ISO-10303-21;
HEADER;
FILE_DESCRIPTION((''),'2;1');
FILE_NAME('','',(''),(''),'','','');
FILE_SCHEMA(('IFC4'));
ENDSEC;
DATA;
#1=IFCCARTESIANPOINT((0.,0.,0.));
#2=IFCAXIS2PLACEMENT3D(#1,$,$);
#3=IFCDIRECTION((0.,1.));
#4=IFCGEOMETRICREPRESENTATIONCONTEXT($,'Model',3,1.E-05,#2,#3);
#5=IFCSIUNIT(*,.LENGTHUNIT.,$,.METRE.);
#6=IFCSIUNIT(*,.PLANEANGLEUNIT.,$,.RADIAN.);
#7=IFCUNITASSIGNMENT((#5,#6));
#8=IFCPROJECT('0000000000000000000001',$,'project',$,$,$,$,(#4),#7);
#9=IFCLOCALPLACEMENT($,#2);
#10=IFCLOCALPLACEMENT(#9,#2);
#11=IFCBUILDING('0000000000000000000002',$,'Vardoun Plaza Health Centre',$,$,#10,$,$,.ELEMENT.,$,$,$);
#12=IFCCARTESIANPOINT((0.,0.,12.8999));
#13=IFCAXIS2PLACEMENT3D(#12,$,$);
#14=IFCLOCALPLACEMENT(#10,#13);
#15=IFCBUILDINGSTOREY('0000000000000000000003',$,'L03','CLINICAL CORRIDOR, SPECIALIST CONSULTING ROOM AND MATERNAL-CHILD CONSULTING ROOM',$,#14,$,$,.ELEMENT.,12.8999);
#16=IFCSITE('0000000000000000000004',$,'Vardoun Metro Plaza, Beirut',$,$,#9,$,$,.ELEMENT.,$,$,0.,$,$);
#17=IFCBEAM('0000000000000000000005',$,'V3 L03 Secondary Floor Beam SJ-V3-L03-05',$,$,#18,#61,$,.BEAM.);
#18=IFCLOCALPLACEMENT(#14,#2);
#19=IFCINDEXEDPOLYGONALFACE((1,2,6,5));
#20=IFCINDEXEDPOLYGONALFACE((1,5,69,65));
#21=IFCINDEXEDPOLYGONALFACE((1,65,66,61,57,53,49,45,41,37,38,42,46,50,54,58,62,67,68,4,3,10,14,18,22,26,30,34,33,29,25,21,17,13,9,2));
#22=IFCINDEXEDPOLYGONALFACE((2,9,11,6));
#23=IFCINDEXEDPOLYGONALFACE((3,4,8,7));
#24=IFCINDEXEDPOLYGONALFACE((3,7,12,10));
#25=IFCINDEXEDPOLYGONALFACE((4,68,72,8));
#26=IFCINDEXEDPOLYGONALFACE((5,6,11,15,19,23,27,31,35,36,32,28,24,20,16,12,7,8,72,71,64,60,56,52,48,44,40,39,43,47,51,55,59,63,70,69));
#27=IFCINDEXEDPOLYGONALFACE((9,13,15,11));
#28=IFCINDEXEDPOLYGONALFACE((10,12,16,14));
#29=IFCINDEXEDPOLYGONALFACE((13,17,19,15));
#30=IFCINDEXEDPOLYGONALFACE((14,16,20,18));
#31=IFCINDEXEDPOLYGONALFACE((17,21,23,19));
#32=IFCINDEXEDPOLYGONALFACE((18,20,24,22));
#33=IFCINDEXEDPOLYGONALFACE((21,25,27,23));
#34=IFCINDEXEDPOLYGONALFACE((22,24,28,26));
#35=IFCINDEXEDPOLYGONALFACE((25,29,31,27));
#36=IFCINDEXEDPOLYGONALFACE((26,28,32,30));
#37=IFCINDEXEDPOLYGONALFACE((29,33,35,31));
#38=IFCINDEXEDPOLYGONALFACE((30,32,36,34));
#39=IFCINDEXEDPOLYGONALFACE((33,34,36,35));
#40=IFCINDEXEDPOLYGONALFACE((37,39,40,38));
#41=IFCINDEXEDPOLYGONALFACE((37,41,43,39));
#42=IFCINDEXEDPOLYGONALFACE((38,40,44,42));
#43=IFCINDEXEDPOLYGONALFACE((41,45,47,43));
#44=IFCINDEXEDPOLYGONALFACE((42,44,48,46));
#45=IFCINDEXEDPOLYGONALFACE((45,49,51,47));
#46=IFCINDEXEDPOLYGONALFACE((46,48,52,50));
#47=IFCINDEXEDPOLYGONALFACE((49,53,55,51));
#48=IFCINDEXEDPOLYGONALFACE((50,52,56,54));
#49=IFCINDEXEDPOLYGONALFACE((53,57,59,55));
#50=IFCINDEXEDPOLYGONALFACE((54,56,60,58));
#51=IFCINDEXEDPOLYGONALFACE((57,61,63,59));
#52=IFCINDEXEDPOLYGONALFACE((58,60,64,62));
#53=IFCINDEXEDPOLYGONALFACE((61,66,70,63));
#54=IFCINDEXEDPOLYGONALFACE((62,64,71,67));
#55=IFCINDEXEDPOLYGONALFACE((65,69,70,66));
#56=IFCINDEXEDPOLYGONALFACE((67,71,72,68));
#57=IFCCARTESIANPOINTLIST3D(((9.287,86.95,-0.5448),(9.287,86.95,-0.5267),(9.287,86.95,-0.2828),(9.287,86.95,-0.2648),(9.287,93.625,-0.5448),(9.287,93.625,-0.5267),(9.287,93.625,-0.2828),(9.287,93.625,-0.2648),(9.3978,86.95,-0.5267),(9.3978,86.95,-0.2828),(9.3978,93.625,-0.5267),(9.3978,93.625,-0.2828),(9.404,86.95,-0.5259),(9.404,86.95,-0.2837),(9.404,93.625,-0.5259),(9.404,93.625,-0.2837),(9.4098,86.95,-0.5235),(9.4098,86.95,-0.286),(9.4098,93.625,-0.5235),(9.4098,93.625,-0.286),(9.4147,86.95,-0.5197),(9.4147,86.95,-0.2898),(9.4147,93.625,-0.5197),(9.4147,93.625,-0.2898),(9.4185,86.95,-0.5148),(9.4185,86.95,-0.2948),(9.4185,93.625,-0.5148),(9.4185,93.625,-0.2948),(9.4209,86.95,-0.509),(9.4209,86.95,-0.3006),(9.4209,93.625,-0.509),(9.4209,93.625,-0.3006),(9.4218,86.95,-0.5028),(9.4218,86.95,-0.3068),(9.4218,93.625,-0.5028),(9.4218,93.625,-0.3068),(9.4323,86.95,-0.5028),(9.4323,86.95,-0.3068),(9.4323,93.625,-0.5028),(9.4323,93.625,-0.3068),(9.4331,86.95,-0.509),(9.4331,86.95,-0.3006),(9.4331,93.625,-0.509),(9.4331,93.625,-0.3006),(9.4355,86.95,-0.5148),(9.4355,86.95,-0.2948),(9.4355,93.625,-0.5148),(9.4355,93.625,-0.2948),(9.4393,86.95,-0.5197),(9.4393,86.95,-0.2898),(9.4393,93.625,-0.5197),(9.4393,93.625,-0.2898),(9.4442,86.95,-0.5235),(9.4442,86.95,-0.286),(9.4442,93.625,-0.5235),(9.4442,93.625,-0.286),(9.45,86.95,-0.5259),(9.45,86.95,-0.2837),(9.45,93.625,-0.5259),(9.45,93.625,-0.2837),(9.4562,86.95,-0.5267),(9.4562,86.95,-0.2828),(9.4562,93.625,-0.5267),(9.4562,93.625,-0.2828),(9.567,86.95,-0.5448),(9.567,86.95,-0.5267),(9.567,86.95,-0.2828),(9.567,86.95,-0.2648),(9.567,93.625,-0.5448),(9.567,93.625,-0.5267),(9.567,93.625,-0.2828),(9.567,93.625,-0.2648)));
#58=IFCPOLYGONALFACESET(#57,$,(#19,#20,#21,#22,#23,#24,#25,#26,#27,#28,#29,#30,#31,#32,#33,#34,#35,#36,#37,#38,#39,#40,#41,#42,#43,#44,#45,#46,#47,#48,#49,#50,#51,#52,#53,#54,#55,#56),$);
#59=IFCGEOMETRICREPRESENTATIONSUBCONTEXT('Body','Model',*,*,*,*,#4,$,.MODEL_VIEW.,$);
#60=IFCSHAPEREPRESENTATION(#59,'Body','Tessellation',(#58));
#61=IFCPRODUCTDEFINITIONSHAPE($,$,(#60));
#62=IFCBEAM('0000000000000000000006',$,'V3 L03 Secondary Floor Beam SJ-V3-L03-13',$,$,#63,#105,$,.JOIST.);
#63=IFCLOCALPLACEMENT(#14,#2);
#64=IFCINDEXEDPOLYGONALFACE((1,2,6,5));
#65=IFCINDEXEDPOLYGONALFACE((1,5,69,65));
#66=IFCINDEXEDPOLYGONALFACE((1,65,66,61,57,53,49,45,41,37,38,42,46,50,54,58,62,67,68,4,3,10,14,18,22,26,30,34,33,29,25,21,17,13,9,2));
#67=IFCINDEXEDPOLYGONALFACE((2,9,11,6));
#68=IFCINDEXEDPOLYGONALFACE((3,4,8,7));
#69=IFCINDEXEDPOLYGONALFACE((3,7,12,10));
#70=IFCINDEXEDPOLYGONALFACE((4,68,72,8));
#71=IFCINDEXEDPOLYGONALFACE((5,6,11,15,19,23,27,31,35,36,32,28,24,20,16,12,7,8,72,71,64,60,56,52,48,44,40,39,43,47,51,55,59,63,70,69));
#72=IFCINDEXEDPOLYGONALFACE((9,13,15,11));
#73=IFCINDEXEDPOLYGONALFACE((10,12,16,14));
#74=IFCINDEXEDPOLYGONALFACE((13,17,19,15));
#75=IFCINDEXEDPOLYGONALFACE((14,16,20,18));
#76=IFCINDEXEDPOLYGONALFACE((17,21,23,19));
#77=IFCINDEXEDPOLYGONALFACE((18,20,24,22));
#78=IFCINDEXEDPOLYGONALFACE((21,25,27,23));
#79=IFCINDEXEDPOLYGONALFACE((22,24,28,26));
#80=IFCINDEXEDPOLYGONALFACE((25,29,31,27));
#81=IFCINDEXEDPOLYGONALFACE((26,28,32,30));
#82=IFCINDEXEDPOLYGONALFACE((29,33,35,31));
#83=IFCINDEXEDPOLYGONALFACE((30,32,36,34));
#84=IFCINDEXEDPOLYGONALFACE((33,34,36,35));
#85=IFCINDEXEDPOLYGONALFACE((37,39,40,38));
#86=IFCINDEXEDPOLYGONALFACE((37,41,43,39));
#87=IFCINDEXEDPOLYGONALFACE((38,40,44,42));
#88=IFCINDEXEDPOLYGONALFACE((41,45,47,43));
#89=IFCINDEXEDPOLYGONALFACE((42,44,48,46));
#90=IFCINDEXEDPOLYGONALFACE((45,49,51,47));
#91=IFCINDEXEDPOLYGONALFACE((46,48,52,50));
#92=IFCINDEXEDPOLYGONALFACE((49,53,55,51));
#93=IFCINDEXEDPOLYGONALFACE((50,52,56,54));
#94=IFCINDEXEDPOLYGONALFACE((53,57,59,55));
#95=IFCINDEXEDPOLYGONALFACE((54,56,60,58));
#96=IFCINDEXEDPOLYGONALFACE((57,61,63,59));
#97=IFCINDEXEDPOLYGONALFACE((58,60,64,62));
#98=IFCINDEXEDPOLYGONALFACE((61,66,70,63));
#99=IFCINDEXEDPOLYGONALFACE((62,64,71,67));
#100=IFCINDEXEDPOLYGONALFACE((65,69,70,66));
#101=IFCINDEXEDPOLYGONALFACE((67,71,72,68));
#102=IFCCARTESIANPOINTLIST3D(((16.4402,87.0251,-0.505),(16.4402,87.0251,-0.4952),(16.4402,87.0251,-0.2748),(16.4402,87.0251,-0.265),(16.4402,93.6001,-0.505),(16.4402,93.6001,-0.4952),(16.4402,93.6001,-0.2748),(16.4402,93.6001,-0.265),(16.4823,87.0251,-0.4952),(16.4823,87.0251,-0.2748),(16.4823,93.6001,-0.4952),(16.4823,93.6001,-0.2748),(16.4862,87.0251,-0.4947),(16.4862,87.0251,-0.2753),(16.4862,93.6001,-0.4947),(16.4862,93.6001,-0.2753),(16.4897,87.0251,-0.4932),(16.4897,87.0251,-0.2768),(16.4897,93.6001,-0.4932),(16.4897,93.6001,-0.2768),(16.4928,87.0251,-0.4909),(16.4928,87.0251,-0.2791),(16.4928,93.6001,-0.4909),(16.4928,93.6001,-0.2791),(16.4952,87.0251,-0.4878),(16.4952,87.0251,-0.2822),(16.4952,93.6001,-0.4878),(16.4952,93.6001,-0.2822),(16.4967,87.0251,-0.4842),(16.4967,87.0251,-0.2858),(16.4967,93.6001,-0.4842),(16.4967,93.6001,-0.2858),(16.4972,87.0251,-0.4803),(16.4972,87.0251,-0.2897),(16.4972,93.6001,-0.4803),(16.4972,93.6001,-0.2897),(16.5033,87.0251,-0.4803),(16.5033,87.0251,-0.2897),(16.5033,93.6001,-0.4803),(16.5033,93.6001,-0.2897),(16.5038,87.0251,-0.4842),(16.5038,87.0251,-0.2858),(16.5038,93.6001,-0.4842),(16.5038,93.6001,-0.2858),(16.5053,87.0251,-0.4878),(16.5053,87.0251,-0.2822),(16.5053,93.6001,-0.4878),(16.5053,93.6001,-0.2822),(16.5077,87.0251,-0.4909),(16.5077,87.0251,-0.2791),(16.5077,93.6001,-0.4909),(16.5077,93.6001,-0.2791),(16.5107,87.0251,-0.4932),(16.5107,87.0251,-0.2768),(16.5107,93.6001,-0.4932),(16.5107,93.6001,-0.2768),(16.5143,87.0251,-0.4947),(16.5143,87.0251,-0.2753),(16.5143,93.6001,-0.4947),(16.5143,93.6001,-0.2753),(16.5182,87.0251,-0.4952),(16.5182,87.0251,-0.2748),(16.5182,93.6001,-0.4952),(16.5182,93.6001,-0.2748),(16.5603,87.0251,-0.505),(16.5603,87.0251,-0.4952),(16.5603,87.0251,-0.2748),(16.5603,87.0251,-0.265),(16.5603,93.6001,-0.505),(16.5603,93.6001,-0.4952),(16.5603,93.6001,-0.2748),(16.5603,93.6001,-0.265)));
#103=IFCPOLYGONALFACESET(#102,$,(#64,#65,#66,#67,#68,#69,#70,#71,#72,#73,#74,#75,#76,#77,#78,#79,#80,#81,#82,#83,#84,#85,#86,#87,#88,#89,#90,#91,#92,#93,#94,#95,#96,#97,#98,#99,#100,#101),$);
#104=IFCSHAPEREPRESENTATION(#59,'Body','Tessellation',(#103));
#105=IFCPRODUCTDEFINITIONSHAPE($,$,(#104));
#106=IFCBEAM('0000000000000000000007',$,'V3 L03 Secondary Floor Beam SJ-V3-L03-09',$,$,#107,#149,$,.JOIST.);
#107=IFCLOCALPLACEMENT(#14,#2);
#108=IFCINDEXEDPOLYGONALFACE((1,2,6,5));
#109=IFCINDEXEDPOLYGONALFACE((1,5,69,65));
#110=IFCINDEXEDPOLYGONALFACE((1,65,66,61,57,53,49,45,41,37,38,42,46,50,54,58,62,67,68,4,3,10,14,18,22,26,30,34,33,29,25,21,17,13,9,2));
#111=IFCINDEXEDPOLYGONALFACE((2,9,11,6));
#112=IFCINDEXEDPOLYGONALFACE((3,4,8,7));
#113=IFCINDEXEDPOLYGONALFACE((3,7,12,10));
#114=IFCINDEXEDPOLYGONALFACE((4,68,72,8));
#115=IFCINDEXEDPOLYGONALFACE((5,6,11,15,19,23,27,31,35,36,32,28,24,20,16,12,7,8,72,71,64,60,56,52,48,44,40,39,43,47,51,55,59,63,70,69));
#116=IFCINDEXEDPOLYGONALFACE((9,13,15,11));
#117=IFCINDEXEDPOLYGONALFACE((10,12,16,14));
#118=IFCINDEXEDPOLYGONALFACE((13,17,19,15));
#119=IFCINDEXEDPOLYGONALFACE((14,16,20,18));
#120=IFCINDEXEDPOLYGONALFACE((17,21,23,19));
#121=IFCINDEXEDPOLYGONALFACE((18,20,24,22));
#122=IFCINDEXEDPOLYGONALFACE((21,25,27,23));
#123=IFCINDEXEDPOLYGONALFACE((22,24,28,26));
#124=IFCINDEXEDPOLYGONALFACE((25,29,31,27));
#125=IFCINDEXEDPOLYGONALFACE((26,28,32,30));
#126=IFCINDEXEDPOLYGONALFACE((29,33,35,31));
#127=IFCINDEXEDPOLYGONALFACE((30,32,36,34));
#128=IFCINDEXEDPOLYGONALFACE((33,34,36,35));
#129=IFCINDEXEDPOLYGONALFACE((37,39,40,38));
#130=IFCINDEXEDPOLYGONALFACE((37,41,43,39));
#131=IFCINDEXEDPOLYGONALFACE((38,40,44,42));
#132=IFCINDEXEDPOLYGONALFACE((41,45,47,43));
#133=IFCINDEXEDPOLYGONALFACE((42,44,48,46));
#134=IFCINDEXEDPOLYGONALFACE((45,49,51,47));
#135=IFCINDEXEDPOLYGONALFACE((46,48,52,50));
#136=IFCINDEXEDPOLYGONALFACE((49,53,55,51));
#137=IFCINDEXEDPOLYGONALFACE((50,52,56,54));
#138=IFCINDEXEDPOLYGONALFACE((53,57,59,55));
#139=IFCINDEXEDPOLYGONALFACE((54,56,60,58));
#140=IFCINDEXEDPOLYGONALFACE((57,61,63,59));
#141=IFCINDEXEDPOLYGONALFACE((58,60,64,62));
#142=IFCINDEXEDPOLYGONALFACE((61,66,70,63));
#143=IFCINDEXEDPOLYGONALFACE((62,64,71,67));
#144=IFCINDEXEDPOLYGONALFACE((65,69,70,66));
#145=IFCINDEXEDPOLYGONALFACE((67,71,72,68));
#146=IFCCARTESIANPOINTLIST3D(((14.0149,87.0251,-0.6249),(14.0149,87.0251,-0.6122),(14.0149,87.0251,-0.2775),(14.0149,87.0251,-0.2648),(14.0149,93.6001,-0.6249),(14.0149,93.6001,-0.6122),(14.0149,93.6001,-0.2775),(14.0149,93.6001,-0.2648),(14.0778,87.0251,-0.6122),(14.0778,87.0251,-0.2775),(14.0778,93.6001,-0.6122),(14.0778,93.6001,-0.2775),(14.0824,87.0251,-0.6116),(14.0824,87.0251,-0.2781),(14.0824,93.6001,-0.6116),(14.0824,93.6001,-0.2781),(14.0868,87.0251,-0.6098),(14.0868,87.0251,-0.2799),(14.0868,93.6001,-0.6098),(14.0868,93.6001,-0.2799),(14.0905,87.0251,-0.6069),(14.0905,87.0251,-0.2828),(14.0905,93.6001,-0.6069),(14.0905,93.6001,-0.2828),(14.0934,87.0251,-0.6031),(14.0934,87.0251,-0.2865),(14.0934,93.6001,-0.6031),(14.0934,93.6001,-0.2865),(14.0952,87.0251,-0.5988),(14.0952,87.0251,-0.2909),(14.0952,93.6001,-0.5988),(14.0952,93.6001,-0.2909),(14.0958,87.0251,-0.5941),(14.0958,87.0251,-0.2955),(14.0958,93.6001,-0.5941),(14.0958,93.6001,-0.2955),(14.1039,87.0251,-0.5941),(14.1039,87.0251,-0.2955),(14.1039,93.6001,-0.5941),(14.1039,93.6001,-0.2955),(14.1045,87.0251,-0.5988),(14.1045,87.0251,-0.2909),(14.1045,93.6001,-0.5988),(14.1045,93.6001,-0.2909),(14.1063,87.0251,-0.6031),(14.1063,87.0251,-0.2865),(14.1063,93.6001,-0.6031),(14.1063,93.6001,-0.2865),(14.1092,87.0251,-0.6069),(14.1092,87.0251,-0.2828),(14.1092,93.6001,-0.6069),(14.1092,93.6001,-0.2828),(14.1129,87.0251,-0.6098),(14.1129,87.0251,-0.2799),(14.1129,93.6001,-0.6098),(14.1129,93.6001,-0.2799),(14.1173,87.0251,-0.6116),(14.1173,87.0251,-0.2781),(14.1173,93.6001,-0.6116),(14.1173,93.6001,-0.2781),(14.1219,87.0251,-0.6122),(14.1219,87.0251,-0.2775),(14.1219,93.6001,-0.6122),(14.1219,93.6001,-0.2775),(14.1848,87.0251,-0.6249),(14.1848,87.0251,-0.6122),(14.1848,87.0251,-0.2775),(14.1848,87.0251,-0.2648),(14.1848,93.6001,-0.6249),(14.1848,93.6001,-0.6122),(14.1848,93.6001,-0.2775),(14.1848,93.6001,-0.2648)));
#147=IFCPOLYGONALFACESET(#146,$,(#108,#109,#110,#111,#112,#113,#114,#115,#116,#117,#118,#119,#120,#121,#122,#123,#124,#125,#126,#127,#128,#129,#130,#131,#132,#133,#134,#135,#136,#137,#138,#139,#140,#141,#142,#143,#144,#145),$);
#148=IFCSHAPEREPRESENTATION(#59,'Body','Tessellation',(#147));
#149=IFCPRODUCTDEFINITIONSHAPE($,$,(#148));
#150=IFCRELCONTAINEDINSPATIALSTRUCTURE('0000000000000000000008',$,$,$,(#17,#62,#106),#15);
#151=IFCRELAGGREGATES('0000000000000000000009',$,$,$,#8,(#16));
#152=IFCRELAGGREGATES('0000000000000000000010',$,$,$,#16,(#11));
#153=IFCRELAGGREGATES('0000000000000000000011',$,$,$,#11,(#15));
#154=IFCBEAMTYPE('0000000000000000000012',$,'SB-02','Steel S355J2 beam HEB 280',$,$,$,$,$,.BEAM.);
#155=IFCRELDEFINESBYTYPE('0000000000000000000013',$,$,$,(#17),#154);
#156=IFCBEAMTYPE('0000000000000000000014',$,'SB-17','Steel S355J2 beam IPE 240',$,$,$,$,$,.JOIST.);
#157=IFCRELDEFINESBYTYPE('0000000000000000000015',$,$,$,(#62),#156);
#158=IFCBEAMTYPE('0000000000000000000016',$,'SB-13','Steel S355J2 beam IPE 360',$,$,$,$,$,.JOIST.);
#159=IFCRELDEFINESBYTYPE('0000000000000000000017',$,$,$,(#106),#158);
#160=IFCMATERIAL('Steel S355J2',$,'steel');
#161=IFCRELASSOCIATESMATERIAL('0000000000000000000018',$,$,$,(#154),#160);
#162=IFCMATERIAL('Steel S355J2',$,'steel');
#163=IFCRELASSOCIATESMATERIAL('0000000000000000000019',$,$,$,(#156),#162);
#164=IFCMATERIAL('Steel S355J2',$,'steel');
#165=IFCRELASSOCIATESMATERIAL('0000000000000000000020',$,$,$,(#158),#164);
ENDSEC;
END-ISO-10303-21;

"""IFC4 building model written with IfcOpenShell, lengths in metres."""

from ifc_helpers import new_model, si_unit, direction, frame, origin, origin_2d, place, context, subcontext, project, spatial, i_section, extrude, material, material_profile, profile_set, type_object, element, save


model = new_model("IFC4")

# Units and contexts
model_context = context("Model", 3, precision=1e-05, world=origin(), true_north=direction((0.0, 1.0)))
body_context = subcontext(model_context, "Body", "Model", "MODEL_VIEW")
ifc_project = project(units=[si_unit("LENGTHUNIT", "METRE"), si_unit("PLANEANGLEUNIT", "RADIAN")], contexts=[model_context])

# Site, building, storey
site_placement = place(None, origin())
site = spatial("IfcSite", under=ifc_project, at=site_placement, Name="Vardoun Metro Plaza, Beirut", CompositionType="ELEMENT", RefElevation=0.0)
building_placement = place(site_placement, origin())
building = spatial("IfcBuilding", under=site, at=building_placement, Name="Vardoun Plaza Health Centre", CompositionType="ELEMENT")
storey_placement = place(building_placement, frame((0.0, 0.0, 12.8999)))
storey = spatial("IfcBuildingStorey", under=building, at=storey_placement, Name="L03", Description="CLINICAL CORRIDOR, SPECIALIST CONSULTING ROOM AND MATERNAL-CHILD CONSULTING ROOM", CompositionType="ELEMENT", Elevation=12.8999)

# Beams
ifc_material_1 = material(Name="Steel S355J2", Category="steel")
ifc_material_profile_1 = material_profile(ifc_material_1, i_section(OverallWidth=0.28, OverallDepth=0.28, WebThickness=0.0105, FlangeThickness=0.0181, FilletRadius=0.0239, at=origin_2d()), Name="HEB 280")
ifc_profile_set_1 = profile_set([ifc_material_profile_1], Name="Steel S355J2")
beam_type_1 = type_object("IfcBeamType", Name="SB-02", Description="Steel S355J2 beam HEB 280", PredefinedType="BEAM", material=ifc_profile_set_1)
beam_1_placement = place(storey_placement, frame((9.427, 86.95, -0.4048), z_axis=(0.0, 1.0, 0.0), x_axis=(-1.0, 0.0, 0.0)))
element("IfcBeam", 1, at=beam_1_placement, inside=storey, type_object=beam_type_1, Name="V3 L03 Secondary Floor Beam SJ-V3-L03-05", PredefinedType="BEAM", context=body_context, shape_type="SweptSolid", body=[
    extrude(i_section(OverallWidth=0.28, OverallDepth=0.28, WebThickness=0.0105, FlangeThickness=0.0181, FilletRadius=0.0239, at=origin_2d()), origin(), (0.0, 0.0, 1.0), 6.675),
])
ifc_material_2 = material(Name="Steel S355J2", Category="steel")
ifc_material_profile_2 = material_profile(ifc_material_2, i_section(OverallWidth=0.1201, OverallDepth=0.24, WebThickness=0.0061, FlangeThickness=0.0098, FilletRadius=0.0149, at=origin_2d()), Name="IPE 240")
ifc_profile_set_2 = profile_set([ifc_material_profile_2], Name="Steel S355J2")
beam_type_2 = type_object("IfcBeamType", Name="SB-17", Description="Steel S355J2 beam IPE 240", PredefinedType="JOIST", material=ifc_profile_set_2)
beam_2_placement = place(storey_placement, frame((16.5002, 87.0251, -0.385), z_axis=(0.0, 1.0, 0.0), x_axis=(-1.0, 0.0, 0.0)))
element("IfcBeam", 2, at=beam_2_placement, inside=storey, type_object=beam_type_2, Name="V3 L03 Secondary Floor Beam SJ-V3-L03-13", PredefinedType="JOIST", context=body_context, shape_type="SweptSolid", body=[
    extrude(i_section(OverallWidth=0.1201, OverallDepth=0.24, WebThickness=0.0061, FlangeThickness=0.0098, FilletRadius=0.0149, at=origin_2d()), origin(), (0.0, 0.0, 1.0), 6.575),
])
ifc_material_3 = material(Name="Steel S355J2", Category="steel")
ifc_material_profile_3 = material_profile(ifc_material_3, i_section(OverallWidth=0.1699, OverallDepth=0.3601, WebThickness=0.0081, FlangeThickness=0.0127, FilletRadius=0.0181, at=origin_2d()), Name="IPE 360")
ifc_profile_set_3 = profile_set([ifc_material_profile_3], Name="Steel S355J2")
beam_type_3 = type_object("IfcBeamType", Name="SB-13", Description="Steel S355J2 beam IPE 360", PredefinedType="JOIST", material=ifc_profile_set_3)
beam_3_placement = place(storey_placement, frame((14.0999, 87.0251, -0.4448), z_axis=(0.0, 1.0, 0.0), x_axis=(-1.0, 0.0, 0.0)))
element("IfcBeam", 3, at=beam_3_placement, inside=storey, type_object=beam_type_3, Name="V3 L03 Secondary Floor Beam SJ-V3-L03-09", PredefinedType="JOIST", context=body_context, shape_type="SweptSolid", body=[
    extrude(i_section(OverallWidth=0.1699, OverallDepth=0.3601, WebThickness=0.0081, FlangeThickness=0.0127, FilletRadius=0.0181, at=origin_2d()), origin(), (0.0, 0.0, 1.0), 6.575),
])

save(model, "model.ifc")
